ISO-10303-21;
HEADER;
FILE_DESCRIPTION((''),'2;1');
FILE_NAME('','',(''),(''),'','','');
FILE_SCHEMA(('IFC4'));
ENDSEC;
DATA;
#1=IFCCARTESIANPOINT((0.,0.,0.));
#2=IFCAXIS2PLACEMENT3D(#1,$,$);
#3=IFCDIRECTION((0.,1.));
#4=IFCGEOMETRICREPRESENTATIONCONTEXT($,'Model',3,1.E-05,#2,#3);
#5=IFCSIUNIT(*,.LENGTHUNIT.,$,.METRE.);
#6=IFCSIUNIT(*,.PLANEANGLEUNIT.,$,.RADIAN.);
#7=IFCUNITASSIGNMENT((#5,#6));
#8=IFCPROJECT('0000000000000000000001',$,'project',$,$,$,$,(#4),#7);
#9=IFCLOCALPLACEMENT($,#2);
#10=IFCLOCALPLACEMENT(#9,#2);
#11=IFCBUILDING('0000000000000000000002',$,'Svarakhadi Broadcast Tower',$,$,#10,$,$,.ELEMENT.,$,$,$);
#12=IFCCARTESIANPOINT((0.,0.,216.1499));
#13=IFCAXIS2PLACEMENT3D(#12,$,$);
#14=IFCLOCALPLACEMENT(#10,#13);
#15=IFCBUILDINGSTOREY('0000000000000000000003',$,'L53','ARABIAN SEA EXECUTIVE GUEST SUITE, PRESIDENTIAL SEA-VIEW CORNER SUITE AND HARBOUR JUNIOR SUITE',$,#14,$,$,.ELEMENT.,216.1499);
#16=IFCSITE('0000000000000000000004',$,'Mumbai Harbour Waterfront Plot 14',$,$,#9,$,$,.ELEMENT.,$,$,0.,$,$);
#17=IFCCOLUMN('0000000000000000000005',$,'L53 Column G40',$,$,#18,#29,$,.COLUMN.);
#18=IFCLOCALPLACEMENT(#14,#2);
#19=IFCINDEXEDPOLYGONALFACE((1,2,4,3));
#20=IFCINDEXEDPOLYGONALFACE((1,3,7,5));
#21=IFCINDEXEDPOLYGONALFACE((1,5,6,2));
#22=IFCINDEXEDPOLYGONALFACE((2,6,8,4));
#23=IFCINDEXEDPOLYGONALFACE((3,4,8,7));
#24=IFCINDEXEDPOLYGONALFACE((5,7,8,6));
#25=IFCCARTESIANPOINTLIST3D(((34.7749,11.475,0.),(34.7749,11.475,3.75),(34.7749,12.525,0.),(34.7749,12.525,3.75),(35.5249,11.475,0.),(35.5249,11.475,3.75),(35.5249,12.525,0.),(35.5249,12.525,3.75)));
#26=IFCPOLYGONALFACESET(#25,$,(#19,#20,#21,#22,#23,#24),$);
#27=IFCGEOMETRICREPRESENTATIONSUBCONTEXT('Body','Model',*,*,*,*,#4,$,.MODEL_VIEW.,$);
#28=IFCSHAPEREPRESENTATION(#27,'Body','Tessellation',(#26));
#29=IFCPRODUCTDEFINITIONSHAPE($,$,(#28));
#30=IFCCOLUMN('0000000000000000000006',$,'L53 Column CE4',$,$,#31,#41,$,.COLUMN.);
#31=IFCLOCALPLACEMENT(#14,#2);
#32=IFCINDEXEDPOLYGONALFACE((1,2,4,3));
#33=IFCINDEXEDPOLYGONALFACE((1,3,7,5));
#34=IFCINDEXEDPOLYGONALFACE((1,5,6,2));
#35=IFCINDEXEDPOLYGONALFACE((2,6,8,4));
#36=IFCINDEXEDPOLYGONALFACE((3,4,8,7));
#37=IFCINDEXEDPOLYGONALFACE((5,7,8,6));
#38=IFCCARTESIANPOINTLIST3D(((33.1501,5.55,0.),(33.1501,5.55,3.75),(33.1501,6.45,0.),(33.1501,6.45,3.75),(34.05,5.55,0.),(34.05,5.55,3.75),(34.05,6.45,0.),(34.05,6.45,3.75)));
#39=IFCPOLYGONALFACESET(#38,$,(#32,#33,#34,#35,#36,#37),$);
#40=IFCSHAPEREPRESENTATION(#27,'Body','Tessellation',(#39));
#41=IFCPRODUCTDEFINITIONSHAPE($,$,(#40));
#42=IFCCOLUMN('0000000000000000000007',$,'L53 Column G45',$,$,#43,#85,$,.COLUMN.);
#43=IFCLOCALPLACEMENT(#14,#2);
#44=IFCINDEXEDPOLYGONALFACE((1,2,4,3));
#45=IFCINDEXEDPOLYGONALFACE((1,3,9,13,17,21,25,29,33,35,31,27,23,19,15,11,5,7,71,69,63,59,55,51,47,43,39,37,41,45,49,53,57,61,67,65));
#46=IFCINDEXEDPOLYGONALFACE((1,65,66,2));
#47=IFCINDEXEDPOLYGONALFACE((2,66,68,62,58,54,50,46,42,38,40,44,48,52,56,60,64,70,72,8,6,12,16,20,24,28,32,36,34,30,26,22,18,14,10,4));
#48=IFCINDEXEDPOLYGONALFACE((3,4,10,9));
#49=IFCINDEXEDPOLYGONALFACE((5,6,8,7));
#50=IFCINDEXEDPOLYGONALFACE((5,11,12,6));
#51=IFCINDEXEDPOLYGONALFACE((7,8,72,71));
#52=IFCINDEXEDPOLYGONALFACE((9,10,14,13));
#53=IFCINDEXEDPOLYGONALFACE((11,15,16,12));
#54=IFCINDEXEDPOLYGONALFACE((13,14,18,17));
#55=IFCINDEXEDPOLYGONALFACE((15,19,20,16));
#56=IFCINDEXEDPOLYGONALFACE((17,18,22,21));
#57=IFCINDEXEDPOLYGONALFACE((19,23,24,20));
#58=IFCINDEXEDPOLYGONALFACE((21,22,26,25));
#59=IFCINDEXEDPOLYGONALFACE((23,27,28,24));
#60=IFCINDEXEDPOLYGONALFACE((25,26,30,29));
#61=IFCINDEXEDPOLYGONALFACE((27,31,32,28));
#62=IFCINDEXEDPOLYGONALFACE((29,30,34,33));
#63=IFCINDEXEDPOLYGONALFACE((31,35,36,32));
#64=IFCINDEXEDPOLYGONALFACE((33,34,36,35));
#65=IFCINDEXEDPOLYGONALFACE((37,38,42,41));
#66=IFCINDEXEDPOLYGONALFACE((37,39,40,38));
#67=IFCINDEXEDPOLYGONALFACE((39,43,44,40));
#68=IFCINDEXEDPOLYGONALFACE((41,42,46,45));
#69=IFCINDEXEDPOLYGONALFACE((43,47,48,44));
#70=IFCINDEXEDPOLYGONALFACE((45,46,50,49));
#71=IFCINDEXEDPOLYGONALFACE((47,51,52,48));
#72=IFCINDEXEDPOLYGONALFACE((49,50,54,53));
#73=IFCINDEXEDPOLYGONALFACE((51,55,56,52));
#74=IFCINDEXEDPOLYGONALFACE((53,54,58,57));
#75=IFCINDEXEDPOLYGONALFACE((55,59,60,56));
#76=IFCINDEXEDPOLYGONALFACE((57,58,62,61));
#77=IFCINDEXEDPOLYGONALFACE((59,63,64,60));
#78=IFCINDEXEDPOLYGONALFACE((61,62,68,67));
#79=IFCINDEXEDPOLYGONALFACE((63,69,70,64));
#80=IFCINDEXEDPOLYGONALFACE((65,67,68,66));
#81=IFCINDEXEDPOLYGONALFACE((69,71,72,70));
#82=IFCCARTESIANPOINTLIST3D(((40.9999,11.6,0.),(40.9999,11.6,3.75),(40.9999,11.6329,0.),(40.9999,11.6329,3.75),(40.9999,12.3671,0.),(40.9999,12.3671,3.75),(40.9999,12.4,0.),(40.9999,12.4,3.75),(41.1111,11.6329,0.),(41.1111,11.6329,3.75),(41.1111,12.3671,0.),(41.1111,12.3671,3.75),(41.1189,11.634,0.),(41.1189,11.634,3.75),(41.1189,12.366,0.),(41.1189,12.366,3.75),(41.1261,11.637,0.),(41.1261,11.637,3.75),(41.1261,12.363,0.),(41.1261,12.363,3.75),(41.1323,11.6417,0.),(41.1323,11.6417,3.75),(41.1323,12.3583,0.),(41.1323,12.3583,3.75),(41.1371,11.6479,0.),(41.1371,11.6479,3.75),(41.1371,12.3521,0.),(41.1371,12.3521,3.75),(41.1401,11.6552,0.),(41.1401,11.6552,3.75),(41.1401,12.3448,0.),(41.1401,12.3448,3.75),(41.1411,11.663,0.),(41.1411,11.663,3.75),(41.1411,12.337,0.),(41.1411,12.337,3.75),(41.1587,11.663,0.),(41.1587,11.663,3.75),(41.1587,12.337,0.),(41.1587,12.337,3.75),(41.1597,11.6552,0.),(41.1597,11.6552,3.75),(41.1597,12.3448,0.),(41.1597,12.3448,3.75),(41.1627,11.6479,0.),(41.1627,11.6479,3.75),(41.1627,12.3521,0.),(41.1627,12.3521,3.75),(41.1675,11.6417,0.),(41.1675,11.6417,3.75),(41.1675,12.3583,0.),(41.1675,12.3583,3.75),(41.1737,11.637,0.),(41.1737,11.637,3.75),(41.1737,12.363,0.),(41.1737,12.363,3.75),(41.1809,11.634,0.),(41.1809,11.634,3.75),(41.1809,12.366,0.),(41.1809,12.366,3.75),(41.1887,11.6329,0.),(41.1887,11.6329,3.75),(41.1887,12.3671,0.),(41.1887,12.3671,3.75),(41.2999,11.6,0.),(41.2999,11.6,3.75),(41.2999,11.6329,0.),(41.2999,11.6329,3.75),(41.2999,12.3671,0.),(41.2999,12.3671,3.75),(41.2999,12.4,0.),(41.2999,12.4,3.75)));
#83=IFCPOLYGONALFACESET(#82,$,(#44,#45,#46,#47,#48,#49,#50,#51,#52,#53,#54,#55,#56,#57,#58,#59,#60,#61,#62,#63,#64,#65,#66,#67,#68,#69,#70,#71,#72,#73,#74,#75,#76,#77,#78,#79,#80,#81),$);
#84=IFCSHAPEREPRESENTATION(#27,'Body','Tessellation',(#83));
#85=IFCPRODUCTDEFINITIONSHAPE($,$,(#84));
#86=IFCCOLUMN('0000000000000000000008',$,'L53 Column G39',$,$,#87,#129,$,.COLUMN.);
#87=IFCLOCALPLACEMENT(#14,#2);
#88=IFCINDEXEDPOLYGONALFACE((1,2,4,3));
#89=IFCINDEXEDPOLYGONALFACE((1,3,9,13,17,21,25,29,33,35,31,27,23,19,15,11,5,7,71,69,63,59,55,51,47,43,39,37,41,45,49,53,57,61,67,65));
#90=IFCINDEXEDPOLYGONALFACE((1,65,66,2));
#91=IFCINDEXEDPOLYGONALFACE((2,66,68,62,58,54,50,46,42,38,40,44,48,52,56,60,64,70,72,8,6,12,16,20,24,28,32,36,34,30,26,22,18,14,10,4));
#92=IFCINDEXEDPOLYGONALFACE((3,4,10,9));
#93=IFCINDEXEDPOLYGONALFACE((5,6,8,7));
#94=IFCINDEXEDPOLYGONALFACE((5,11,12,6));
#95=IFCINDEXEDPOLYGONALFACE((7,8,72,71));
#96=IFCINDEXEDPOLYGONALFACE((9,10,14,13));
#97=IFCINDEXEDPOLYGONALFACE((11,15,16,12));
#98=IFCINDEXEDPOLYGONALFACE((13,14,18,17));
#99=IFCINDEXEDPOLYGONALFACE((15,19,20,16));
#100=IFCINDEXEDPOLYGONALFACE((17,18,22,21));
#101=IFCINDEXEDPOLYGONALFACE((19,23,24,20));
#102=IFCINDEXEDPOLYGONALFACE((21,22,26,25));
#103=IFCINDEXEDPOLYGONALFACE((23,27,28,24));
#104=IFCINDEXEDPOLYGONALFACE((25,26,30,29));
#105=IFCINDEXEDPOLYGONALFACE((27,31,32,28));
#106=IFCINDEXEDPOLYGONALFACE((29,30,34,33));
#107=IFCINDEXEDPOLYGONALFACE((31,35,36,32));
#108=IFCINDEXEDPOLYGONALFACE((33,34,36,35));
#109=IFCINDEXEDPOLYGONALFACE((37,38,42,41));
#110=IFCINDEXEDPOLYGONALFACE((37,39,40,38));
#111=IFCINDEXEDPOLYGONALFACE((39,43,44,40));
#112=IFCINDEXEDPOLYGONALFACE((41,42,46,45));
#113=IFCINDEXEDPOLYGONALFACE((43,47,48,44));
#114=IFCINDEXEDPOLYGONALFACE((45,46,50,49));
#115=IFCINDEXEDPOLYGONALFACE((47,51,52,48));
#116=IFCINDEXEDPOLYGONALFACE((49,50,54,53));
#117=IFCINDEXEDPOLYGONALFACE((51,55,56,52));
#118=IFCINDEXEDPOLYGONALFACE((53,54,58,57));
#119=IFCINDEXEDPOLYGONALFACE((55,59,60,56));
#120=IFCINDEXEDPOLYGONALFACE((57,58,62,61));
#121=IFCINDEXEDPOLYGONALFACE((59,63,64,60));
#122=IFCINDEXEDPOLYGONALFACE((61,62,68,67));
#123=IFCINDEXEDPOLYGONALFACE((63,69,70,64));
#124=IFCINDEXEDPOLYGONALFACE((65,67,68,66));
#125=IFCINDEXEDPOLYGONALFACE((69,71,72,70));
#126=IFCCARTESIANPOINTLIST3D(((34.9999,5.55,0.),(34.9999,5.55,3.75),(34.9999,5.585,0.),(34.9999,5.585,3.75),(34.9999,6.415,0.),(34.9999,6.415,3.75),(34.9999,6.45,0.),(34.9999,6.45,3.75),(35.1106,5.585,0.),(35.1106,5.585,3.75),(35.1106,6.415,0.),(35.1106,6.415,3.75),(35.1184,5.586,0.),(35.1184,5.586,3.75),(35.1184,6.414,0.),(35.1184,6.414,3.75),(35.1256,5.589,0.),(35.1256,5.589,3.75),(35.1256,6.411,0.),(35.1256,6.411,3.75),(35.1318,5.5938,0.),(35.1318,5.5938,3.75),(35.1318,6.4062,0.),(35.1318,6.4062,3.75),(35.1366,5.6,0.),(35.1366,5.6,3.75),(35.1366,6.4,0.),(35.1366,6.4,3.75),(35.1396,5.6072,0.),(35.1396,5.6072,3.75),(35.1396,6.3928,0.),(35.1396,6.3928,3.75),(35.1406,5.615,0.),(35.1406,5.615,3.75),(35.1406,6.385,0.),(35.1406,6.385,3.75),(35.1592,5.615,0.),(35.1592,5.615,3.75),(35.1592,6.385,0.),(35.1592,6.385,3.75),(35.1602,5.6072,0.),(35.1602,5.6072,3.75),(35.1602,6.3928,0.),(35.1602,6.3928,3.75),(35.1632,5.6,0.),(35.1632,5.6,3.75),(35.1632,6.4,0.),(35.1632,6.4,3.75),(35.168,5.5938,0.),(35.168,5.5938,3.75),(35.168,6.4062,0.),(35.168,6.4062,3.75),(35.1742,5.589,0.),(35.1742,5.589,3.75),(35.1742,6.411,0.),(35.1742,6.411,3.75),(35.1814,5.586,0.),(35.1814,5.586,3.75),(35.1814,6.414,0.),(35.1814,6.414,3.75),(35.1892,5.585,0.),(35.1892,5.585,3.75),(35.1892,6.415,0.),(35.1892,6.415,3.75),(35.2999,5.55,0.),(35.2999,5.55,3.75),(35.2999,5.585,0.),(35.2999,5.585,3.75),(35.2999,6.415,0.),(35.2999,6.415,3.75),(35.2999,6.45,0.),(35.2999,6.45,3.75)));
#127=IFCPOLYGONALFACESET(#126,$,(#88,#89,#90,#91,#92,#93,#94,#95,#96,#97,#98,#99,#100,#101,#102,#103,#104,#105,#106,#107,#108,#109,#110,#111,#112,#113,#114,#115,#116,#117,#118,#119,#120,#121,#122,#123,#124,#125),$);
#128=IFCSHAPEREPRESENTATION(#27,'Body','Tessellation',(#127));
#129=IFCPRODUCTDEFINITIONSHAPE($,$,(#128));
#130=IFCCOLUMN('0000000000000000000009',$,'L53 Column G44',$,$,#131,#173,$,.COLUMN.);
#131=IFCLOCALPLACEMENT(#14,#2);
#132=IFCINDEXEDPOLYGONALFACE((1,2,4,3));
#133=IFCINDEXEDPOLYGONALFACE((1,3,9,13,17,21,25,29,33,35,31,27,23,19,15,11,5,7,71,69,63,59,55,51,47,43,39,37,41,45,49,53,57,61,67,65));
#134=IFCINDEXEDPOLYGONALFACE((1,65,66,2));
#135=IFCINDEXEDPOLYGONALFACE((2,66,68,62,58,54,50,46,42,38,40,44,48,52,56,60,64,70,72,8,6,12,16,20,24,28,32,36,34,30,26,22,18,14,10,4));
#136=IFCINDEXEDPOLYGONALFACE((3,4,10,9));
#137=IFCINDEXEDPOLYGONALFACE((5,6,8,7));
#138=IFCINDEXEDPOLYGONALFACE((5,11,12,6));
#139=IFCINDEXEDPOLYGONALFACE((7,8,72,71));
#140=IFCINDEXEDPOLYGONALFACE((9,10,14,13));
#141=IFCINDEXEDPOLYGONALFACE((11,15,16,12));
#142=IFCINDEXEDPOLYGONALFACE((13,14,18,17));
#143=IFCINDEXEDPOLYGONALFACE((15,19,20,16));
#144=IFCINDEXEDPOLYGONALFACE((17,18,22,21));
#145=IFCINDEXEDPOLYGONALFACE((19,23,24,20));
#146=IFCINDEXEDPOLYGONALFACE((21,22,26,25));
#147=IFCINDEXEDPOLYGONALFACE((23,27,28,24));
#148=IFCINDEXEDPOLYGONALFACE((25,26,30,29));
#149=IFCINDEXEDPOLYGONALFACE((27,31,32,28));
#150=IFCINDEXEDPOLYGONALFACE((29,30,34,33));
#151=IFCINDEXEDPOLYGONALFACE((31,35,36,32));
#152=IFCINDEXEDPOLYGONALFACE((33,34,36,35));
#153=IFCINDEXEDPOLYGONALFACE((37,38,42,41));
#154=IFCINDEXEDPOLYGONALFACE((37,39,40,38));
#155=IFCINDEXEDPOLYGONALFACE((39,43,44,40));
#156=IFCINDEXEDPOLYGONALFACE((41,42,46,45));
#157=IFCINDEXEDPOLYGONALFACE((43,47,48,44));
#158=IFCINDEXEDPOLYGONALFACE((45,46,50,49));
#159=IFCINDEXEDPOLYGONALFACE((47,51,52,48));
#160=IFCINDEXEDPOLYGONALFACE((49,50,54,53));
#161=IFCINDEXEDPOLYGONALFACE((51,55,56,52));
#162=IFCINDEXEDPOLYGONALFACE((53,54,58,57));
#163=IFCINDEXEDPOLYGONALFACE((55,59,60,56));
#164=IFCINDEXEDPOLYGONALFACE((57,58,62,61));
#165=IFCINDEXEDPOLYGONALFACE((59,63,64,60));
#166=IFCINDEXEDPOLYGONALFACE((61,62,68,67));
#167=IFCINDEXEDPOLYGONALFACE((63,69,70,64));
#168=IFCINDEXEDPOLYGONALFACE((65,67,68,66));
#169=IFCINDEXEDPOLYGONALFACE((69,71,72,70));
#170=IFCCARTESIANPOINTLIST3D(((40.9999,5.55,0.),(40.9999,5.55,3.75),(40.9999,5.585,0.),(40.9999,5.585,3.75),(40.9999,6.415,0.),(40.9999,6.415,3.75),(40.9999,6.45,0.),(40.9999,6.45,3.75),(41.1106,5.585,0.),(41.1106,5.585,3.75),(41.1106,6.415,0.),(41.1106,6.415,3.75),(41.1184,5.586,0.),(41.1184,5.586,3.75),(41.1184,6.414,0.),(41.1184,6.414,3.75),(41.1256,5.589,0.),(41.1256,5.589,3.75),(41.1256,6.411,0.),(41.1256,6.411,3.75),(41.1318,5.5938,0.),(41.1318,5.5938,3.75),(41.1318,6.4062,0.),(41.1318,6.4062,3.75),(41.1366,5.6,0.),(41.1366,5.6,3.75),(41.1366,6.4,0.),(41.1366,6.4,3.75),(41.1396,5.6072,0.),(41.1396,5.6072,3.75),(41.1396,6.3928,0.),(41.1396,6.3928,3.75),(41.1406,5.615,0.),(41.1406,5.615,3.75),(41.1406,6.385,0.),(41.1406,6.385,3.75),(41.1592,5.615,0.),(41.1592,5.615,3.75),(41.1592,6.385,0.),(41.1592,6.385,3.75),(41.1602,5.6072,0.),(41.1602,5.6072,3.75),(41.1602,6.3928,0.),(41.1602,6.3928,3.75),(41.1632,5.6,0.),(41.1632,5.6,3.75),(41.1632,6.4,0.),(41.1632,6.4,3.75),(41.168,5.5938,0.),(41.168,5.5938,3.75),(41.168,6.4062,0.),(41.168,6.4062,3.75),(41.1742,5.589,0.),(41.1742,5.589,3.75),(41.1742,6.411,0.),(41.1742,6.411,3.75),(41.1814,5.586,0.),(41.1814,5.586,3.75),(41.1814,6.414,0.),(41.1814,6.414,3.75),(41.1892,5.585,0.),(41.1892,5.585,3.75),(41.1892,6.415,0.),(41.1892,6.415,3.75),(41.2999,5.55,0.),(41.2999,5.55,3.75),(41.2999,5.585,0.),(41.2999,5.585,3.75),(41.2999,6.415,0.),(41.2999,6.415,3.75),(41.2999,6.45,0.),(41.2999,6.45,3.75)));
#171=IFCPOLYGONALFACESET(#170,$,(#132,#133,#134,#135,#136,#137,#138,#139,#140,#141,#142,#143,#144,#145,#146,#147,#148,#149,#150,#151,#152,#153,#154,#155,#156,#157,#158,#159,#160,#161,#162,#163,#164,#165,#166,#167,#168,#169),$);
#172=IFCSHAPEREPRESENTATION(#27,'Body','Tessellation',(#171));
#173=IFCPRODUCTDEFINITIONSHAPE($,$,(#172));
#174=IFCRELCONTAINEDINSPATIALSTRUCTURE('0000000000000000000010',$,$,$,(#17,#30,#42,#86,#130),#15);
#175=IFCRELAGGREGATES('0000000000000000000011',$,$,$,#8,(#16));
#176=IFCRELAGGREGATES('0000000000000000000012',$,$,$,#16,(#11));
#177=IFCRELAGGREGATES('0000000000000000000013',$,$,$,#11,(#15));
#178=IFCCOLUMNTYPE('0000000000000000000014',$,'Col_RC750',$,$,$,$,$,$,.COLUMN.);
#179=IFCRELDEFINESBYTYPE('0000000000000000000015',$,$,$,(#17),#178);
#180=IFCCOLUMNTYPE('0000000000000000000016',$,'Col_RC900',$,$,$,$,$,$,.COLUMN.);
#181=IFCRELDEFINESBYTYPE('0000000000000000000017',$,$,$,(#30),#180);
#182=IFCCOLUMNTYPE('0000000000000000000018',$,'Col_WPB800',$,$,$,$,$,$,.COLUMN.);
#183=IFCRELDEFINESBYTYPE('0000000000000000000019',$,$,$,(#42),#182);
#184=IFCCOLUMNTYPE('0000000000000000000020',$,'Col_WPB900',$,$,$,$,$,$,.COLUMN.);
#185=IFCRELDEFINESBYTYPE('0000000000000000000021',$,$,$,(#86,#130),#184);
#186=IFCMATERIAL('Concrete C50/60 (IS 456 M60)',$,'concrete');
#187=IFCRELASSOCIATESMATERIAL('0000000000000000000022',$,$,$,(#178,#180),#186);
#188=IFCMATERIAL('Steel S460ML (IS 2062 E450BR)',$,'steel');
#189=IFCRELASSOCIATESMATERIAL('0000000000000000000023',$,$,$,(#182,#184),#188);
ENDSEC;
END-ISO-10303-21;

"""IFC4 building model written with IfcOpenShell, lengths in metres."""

from ifc_helpers import new_model, si_unit, direction, frame, origin, origin_2d, place, context, subcontext, project, spatial, rectangle, i_section, extrude, material, material_profile, profile_set, type_object, element, save


model = new_model("IFC4")

# Units and contexts
model_context = context("Model", 3, precision=1e-05, world=origin(), true_north=direction((0.0, 1.0)))
body_context = subcontext(model_context, "Body", "Model", "MODEL_VIEW")
ifc_project = project(units=[si_unit("LENGTHUNIT", "METRE"), si_unit("PLANEANGLEUNIT", "RADIAN")], contexts=[model_context])

# Site, building, storey
site_placement = place(None, origin())
site = spatial("IfcSite", under=ifc_project, at=site_placement, Name="Mumbai Harbour Waterfront Plot 14", CompositionType="ELEMENT", RefElevation=0.0)
building_placement = place(site_placement, origin())
building = spatial("IfcBuilding", under=site, at=building_placement, Name="Svarakhadi Broadcast Tower", CompositionType="ELEMENT")
storey_placement = place(building_placement, frame((0.0, 0.0, 216.1499)))
storey = spatial("IfcBuildingStorey", under=building, at=storey_placement, Name="L53", Description="ARABIAN SEA EXECUTIVE GUEST SUITE, PRESIDENTIAL SEA-VIEW CORNER SUITE AND HARBOUR JUNIOR SUITE", CompositionType="ELEMENT", Elevation=216.1499)

# Columns
ifc_material_1 = material(Name="Concrete C50/60 (IS 456 M60)", Category="concrete")
ifc_material_profile_1 = material_profile(ifc_material_1, rectangle(XDim=0.75, YDim=1.05, at=origin_2d()), Name="RC 750x1050")
ifc_profile_set_1 = profile_set([ifc_material_profile_1], Name="Concrete C50/60 (IS 456 M60)")
column_type_1 = type_object("IfcColumnType", Name="Col_RC750", PredefinedType="COLUMN", material=ifc_profile_set_1)
column_1_placement = place(storey_placement, frame((35.1499, 12.0, 0.0), z_axis=(0.0, 0.0, 1.0), x_axis=(1.0, 0.0, 0.0)))
element("IfcColumn", 1, at=column_1_placement, inside=storey, type_object=column_type_1, Name="L53 Column G40", PredefinedType="COLUMN", context=body_context, shape_type="SweptSolid", body=[
    extrude(rectangle(XDim=0.75, YDim=1.05, at=origin_2d()), origin(), (0.0, 0.0, 1.0), 3.75),
])
ifc_material_profile_2 = material_profile(ifc_material_1, rectangle(XDim=0.8999, YDim=0.8999, at=origin_2d()), Name="RC 900x900")
ifc_profile_set_2 = profile_set([ifc_material_profile_2], Name="Concrete C50/60 (IS 456 M60)")
column_type_2 = type_object("IfcColumnType", Name="Col_RC900", PredefinedType="COLUMN", material=ifc_profile_set_2)
column_2_placement = place(storey_placement, frame((33.6001, 6.0, 0.0), z_axis=(0.0, 0.0, 1.0), x_axis=(1.0, 0.0, 0.0)))
element("IfcColumn", 2, at=column_2_placement, inside=storey, type_object=column_type_2, Name="L53 Column CE4", PredefinedType="COLUMN", context=body_context, shape_type="SweptSolid", body=[
    extrude(rectangle(XDim=0.8999, YDim=0.8999, at=origin_2d()), origin(), (0.0, 0.0, 1.0), 3.75),
])
ifc_material_2 = material(Name="Steel S460ML (IS 2062 E450BR)", Category="steel")
ifc_material_profile_3 = material_profile(ifc_material_2, i_section(OverallWidth=0.3, OverallDepth=0.8, WebThickness=0.0176, FlangeThickness=0.033, FilletRadius=0.03, at=origin_2d()), Name="WPB 800x300x262")
ifc_profile_set_3 = profile_set([ifc_material_profile_3], Name="Steel S460ML (IS 2062 E450BR)")
column_type_3 = type_object("IfcColumnType", Name="Col_WPB800", PredefinedType="COLUMN", material=ifc_profile_set_3)
column_3_placement = place(storey_placement, frame((41.1499, 12.0, 0.0), z_axis=(0.0, 0.0, 1.0), x_axis=(1.0, 0.0, 0.0)))
element("IfcColumn", 3, at=column_3_placement, inside=storey, type_object=column_type_3, Name="L53 Column G45", PredefinedType="COLUMN", context=body_context, shape_type="SweptSolid", body=[
    extrude(i_section(OverallWidth=0.3, OverallDepth=0.8, WebThickness=0.0176, FlangeThickness=0.033, FilletRadius=0.03, at=origin_2d()), origin(), (0.0, 0.0, 1.0), 3.75),
])
ifc_material_profile_4 = material_profile(ifc_material_2, i_section(OverallWidth=0.3, OverallDepth=0.8999, WebThickness=0.0186, FlangeThickness=0.0349, FilletRadius=0.03, at=origin_2d()), Name="WPB 900x300x291")
ifc_profile_set_4 = profile_set([ifc_material_profile_4], Name="Steel S460ML (IS 2062 E450BR)")
column_type_4 = type_object("IfcColumnType", Name="Col_WPB900", PredefinedType="COLUMN", material=ifc_profile_set_4)
for number, where, z_axis, x_axis, name in (
    (4, (35.1499, 6.0, 0.0), (0.0, 0.0, 1.0), (1.0, 0.0, 0.0), "L53 Column G39"),
    (5, (41.1499, 6.0, 0.0), (0.0, 0.0, 1.0), (1.0, 0.0, 0.0), "L53 Column G44"),
):
    element("IfcColumn", number, at=place(storey_placement, frame(where, z_axis=z_axis, x_axis=x_axis)), inside=storey, type_object=column_type_4, Name=name, PredefinedType="COLUMN", context=body_context, shape_type="SweptSolid", body=[
        extrude(i_section(OverallWidth=0.3, OverallDepth=0.8999, WebThickness=0.0186, FlangeThickness=0.0349, FilletRadius=0.03, at=origin_2d()), origin(), (0.0, 0.0, 1.0), 3.75),
    ])

save(model, "model.ifc")
